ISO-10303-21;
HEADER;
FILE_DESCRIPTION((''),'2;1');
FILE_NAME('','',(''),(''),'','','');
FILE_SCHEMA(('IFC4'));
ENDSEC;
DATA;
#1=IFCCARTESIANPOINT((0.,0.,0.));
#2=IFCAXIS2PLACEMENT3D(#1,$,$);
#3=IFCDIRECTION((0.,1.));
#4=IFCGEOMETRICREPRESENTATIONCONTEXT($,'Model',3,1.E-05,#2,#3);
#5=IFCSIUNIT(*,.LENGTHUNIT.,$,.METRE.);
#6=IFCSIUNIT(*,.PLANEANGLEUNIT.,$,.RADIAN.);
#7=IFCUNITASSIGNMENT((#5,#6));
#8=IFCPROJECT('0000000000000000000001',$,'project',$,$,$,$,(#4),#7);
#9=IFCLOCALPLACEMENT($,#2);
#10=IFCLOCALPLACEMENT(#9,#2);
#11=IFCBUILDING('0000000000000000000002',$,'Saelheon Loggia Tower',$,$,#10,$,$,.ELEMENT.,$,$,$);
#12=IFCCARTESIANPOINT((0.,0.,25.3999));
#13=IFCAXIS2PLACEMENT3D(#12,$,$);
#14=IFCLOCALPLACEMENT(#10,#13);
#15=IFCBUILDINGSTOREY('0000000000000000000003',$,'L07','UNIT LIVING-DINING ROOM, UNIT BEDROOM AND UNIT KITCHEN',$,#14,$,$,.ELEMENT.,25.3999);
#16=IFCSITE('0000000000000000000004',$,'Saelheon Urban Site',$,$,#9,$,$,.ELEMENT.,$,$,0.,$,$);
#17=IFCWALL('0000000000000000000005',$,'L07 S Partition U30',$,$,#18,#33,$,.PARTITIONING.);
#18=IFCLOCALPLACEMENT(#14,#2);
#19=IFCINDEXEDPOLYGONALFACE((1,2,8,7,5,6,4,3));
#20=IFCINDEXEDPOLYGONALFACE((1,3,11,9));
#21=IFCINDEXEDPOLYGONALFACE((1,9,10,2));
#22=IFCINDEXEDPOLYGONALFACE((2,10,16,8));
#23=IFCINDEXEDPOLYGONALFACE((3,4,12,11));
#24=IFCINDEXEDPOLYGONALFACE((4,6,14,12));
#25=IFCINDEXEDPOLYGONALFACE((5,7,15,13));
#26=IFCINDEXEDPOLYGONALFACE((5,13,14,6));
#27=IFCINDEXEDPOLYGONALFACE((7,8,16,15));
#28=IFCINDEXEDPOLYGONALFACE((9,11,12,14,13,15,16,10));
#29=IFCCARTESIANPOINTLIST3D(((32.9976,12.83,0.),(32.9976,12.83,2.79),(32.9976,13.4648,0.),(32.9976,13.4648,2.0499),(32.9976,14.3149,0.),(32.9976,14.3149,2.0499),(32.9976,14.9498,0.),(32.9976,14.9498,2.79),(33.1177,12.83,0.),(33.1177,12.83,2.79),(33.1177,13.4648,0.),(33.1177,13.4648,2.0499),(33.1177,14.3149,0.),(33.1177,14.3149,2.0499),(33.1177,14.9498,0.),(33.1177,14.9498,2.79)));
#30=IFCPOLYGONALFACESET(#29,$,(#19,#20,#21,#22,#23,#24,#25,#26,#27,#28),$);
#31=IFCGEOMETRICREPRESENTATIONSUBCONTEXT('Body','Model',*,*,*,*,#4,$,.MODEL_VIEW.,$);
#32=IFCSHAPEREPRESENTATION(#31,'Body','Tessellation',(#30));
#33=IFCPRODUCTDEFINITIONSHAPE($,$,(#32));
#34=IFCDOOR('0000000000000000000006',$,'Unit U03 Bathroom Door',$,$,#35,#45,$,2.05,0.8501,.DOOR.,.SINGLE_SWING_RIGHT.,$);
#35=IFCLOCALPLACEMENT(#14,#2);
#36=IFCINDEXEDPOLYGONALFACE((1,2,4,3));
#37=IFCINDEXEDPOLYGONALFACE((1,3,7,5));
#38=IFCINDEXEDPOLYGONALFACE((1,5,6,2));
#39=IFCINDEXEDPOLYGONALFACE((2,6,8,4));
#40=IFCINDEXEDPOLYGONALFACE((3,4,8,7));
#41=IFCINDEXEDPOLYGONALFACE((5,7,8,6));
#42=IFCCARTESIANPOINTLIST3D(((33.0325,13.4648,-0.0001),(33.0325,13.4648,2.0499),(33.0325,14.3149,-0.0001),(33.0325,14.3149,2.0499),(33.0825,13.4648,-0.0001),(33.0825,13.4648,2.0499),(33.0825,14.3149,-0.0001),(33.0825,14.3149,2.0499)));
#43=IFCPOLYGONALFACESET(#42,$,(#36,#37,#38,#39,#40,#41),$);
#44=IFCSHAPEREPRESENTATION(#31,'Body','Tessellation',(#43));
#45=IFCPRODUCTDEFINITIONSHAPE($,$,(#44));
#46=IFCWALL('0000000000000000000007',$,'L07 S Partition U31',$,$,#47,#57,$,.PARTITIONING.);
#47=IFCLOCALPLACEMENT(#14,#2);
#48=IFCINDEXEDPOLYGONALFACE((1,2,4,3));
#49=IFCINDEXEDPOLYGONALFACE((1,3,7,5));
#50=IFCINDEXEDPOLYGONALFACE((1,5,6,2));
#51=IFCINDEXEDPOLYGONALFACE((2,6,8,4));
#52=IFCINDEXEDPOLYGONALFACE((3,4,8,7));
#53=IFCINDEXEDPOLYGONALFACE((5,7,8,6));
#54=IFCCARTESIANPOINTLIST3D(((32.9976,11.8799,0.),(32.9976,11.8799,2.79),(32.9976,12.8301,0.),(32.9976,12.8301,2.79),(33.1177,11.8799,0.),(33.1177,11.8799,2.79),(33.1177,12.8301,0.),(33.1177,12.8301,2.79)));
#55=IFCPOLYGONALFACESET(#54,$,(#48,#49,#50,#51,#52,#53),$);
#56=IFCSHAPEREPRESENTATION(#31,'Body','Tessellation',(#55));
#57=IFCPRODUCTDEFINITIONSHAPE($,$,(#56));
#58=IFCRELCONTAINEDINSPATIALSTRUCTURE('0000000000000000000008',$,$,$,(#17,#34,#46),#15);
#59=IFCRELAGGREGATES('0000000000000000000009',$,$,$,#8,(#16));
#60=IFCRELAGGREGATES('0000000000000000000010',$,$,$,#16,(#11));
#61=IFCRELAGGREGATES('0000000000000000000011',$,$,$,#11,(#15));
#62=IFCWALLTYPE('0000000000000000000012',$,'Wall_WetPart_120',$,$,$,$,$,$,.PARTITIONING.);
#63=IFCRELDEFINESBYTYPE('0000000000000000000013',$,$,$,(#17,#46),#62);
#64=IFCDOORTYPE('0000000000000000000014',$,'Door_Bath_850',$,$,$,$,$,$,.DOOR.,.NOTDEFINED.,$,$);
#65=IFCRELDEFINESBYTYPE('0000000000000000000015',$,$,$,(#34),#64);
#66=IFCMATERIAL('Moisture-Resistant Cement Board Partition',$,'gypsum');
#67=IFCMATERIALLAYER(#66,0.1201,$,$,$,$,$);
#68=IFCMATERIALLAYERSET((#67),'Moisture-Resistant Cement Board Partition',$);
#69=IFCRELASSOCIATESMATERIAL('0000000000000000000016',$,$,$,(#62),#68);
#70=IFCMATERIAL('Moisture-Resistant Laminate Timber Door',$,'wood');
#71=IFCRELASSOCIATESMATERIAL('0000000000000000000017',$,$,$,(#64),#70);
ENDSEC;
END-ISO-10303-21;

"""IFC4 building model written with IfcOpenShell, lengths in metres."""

from ifc_helpers import new_model, si_unit, direction, frame, frame_2d, origin, place, context, subcontext, project, spatial, rectangle, extrude, source, transform, mapped, material, layer, layer_set, type_object, element, fill, save


model = new_model("IFC4")

# Units and contexts
model_context = context("Model", 3, precision=1e-05, world=origin(), true_north=direction((0.0, 1.0)))
body_context = subcontext(model_context, "Body", "Model", "MODEL_VIEW")
ifc_project = project(units=[si_unit("LENGTHUNIT", "METRE"), si_unit("PLANEANGLEUNIT", "RADIAN")], contexts=[model_context])

# Site, building, storey
site_placement = place(None, origin())
site = spatial("IfcSite", under=ifc_project, at=site_placement, Name="Saelheon Urban Site", CompositionType="ELEMENT", RefElevation=0.0)
building_placement = place(site_placement, origin())
building = spatial("IfcBuilding", under=site, at=building_placement, Name="Saelheon Loggia Tower", CompositionType="ELEMENT")
storey_placement = place(building_placement, frame((0.0, 0.0, 25.3999)))
storey = spatial("IfcBuildingStorey", under=building, at=storey_placement, Name="L07", Description="UNIT LIVING-DINING ROOM, UNIT BEDROOM AND UNIT KITCHEN", CompositionType="ELEMENT", Elevation=25.3999)

# Wall, opening, door
ifc_material_1 = material(Name="Moisture-Resistant Cement Board Partition", Category="gypsum")
ifc_layer_1 = layer(ifc_material_1, 0.1201)
ifc_layer_set_1 = layer_set([ifc_layer_1], Name="Moisture-Resistant Cement Board Partition")
wall_type_1 = type_object("IfcWallType", Name="Wall_WetPart_120", PredefinedType="PARTITIONING", material=ifc_layer_set_1)
ifc_material_2 = material(Name="Moisture-Resistant Laminate Timber Door", Category="wood")
door_type_1 = type_object("IfcDoorType", Name="Door_Bath_850", OperationType="NOTDEFINED", PredefinedType="DOOR", material=ifc_material_2)
shared_shape_1 = source(origin(), body_context, "Body", "SweptSolid", [
    extrude(rectangle(XDim=0.8501, YDim=2.05, at=frame_2d((0.425, 1.0249))), frame((0.0, 0.0249, 0.0), z_axis=(0.0, -1.0, 0.0), x_axis=(1.0, 0.0, 0.0)), (0.0, 0.0, 1.0), 0.05),
])
wall_1_placement = place(storey_placement, frame((33.0576, 14.95, 0.0), z_axis=(0.0, 0.0, 1.0), x_axis=(0.0, -1.0, 0.0)))
wall_1 = element("IfcWall", 1, at=wall_1_placement, inside=storey, type_object=wall_type_1, Name="L07 S Partition U30", PredefinedType="PARTITIONING", context=body_context, shape_type="SweptSolid", body=[
    extrude(rectangle(XDim=2.1199, YDim=0.1201, at=frame_2d((1.0601, 0.0))), origin(), (0.0, 0.0, 1.0), 2.79),
])
opening_1_placement = place(wall_1_placement, frame((0.635, 0.0, 0.0)))
opening_1 = element("IfcOpeningElement", 2, at=opening_1_placement, cuts=wall_1, PredefinedType="OPENING", context=body_context, shape_type="SweptSolid", body=[
    extrude(rectangle(XDim=0.8501, YDim=2.05, at=frame_2d((0.425, 1.0249))), frame((0.0, 0.072, 0.0), z_axis=(0.0, -1.0, 0.0), x_axis=(1.0, 0.0, 0.0)), (0.0, 0.0, 1.0), 0.144),
])
door_1_placement = place(opening_1_placement, origin())
door_1 = element("IfcDoor", 3, at=door_1_placement, inside=storey, type_object=door_type_1, Name="Unit U03 Bathroom Door", OperationType="SINGLE_SWING_RIGHT", OverallHeight=2.05, OverallWidth=0.8501, PredefinedType="DOOR", context=body_context, shape_type="MappedRepresentation", body=[
    mapped(shared_shape_1, transform((0.0, 0.0, 0.0), scale=1.0)),
])
fill(opening_1, door_1)

# Wall
wall_2_placement = place(storey_placement, frame((33.0576, 12.8301, 0.0), z_axis=(0.0, 0.0, 1.0), x_axis=(0.0, -1.0, 0.0)))
element("IfcWall", 4, at=wall_2_placement, inside=storey, type_object=wall_type_1, Name="L07 S Partition U31", PredefinedType="PARTITIONING", context=body_context, shape_type="SweptSolid", body=[
    extrude(rectangle(XDim=0.9502, YDim=0.1201, at=frame_2d((0.4751, 0.0))), origin(), (0.0, 0.0, 1.0), 2.79),
])

save(model, "model.ifc")
